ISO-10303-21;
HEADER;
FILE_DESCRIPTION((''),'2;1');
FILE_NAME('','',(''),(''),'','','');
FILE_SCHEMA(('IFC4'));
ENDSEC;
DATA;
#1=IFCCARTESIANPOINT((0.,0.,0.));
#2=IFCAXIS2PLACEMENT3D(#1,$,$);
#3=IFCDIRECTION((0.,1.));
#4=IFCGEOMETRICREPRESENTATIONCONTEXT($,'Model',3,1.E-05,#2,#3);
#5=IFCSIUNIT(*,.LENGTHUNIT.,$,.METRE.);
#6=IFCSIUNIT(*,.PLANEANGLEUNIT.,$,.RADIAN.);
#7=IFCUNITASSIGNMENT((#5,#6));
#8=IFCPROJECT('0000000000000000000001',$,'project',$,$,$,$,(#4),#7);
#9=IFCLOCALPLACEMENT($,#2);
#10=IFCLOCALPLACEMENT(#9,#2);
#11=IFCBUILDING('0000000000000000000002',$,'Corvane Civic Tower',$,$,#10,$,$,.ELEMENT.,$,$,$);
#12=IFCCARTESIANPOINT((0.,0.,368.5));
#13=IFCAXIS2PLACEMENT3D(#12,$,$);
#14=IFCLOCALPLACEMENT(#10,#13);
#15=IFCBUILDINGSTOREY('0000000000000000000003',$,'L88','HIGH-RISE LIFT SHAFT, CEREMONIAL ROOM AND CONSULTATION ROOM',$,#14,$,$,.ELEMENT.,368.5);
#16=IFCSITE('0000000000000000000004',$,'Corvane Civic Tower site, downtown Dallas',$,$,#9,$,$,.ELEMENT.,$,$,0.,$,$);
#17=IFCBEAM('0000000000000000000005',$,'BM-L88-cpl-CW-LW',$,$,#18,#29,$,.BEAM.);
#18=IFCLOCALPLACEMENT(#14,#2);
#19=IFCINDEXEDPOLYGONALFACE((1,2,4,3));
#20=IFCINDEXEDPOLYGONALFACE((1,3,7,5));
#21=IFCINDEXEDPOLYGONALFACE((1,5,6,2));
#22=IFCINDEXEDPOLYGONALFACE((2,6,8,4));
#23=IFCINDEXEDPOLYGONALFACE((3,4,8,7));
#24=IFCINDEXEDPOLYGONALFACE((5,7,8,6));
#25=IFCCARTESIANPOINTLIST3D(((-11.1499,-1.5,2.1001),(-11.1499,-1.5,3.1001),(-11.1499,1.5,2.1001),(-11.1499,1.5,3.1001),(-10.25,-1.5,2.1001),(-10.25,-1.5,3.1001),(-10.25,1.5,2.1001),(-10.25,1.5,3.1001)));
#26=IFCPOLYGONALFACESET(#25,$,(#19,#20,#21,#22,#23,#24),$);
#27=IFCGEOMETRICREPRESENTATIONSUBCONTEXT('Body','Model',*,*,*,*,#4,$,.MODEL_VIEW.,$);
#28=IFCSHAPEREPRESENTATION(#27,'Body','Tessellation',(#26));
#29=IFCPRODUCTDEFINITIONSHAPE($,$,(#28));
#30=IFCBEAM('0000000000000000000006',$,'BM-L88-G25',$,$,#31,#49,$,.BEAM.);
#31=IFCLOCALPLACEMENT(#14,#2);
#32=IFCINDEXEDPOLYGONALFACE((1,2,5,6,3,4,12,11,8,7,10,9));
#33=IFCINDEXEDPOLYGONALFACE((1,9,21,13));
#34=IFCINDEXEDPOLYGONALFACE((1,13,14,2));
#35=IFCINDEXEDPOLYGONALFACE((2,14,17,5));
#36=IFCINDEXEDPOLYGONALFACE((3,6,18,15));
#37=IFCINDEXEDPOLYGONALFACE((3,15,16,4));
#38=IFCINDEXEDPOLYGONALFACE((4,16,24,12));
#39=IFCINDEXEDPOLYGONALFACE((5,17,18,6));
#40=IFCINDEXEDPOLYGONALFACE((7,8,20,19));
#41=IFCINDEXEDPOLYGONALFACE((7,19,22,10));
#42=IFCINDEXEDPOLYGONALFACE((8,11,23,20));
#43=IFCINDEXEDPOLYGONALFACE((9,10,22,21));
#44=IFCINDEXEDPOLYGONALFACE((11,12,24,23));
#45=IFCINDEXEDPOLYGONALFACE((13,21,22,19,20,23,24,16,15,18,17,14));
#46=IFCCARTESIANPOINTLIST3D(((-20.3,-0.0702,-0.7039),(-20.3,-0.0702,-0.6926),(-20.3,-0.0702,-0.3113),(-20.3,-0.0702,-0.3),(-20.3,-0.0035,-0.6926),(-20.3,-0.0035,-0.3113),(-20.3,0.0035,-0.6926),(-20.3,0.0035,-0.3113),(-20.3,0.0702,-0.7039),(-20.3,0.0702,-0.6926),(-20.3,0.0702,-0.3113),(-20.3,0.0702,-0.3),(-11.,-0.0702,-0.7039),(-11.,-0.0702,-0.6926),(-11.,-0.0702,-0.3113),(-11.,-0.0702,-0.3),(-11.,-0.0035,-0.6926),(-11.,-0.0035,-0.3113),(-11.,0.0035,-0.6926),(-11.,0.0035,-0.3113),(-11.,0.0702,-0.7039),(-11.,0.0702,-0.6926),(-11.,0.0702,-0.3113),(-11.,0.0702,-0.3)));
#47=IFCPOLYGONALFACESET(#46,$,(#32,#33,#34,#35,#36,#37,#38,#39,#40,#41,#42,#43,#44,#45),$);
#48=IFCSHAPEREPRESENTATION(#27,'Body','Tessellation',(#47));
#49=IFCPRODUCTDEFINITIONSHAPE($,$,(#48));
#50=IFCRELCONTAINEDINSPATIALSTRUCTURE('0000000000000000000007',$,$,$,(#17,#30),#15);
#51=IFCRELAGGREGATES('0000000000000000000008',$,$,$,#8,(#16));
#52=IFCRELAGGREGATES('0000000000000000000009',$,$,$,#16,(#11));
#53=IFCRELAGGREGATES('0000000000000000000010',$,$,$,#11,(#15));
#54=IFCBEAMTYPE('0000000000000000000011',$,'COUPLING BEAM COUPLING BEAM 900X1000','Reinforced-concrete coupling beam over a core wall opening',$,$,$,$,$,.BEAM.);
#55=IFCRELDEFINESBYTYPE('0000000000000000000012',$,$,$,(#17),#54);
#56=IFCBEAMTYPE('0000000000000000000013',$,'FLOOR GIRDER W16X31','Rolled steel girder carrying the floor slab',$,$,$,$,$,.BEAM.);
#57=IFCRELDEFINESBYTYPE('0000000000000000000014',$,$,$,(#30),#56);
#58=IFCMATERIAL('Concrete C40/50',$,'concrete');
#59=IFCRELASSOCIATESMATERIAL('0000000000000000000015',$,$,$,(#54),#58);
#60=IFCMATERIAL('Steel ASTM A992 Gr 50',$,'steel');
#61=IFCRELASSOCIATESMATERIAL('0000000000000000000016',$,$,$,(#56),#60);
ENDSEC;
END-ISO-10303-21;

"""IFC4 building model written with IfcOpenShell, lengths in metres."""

from ifc_helpers import new_model, si_unit, direction, frame, origin, origin_2d, place, context, subcontext, project, spatial, rectangle, i_section, extrude, material, material_profile, profile_set, type_object, element, save


model = new_model("IFC4")

# Units and contexts
model_context = context("Model", 3, precision=1e-05, world=origin(), true_north=direction((0.0, 1.0)))
body_context = subcontext(model_context, "Body", "Model", "MODEL_VIEW")
ifc_project = project(units=[si_unit("LENGTHUNIT", "METRE"), si_unit("PLANEANGLEUNIT", "RADIAN")], contexts=[model_context])

# Site, building, storey
site_placement = place(None, origin())
site = spatial("IfcSite", under=ifc_project, at=site_placement, Name="Corvane Civic Tower site, downtown Dallas", CompositionType="ELEMENT", RefElevation=0.0)
building_placement = place(site_placement, origin())
building = spatial("IfcBuilding", under=site, at=building_placement, Name="Corvane Civic Tower", CompositionType="ELEMENT")
storey_placement = place(building_placement, frame((0.0, 0.0, 368.5)))
storey = spatial("IfcBuildingStorey", under=building, at=storey_placement, Name="L88", Description="HIGH-RISE LIFT SHAFT, CEREMONIAL ROOM AND CONSULTATION ROOM", CompositionType="ELEMENT", Elevation=368.5)

# Beams
ifc_material_1 = material(Name="Concrete C40/50", Category="concrete")
ifc_material_profile_1 = material_profile(ifc_material_1, rectangle(XDim=0.8999, YDim=1.0, at=origin_2d()), Name="COUPLING BEAM 900X1000")
ifc_profile_set_1 = profile_set([ifc_material_profile_1], Name="Concrete C40/50")
beam_type_1 = type_object("IfcBeamType", Name="COUPLING BEAM COUPLING BEAM 900X1000", Description="Reinforced-concrete coupling beam over a core wall opening", PredefinedType="BEAM", material=ifc_profile_set_1)
beam_1_placement = place(storey_placement, frame((-10.7, -1.5, 2.6001), z_axis=(0.0, 1.0, 0.0), x_axis=(-1.0, 0.0, 0.0)))
element("IfcBeam", 1, at=beam_1_placement, inside=storey, type_object=beam_type_1, Name="BM-L88-cpl-CW-LW", PredefinedType="BEAM", context=body_context, shape_type="SweptSolid", body=[
    extrude(rectangle(XDim=0.8999, YDim=1.0, at=origin_2d()), origin(), (0.0, 0.0, 1.0), 3.0),
])
ifc_material_2 = material(Name="Steel ASTM A992 Gr 50", Category="steel")
ifc_material_profile_2 = material_profile(ifc_material_2, i_section(OverallWidth=0.1404, OverallDepth=0.4038, WebThickness=0.0071, FlangeThickness=0.0112, at=origin_2d()), Name="W16X31")
ifc_profile_set_2 = profile_set([ifc_material_profile_2], Name="Steel ASTM A992 Gr 50")
beam_type_2 = type_object("IfcBeamType", Name="FLOOR GIRDER W16X31", Description="Rolled steel girder carrying the floor slab", PredefinedType="BEAM", material=ifc_profile_set_2)
beam_2_placement = place(storey_placement, frame((-11.0, 0.0, -0.502), z_axis=(-1.0, 0.0, 0.0), x_axis=(0.0, -1.0, 0.0)))
element("IfcBeam", 2, at=beam_2_placement, inside=storey, type_object=beam_type_2, Name="BM-L88-G25", PredefinedType="BEAM", context=body_context, shape_type="SweptSolid", body=[
    extrude(i_section(OverallWidth=0.1404, OverallDepth=0.4038, WebThickness=0.0071, FlangeThickness=0.0112, at=origin_2d()), origin(), (0.0, 0.0, 1.0), 9.3),
])

save(model, "model.ifc")
